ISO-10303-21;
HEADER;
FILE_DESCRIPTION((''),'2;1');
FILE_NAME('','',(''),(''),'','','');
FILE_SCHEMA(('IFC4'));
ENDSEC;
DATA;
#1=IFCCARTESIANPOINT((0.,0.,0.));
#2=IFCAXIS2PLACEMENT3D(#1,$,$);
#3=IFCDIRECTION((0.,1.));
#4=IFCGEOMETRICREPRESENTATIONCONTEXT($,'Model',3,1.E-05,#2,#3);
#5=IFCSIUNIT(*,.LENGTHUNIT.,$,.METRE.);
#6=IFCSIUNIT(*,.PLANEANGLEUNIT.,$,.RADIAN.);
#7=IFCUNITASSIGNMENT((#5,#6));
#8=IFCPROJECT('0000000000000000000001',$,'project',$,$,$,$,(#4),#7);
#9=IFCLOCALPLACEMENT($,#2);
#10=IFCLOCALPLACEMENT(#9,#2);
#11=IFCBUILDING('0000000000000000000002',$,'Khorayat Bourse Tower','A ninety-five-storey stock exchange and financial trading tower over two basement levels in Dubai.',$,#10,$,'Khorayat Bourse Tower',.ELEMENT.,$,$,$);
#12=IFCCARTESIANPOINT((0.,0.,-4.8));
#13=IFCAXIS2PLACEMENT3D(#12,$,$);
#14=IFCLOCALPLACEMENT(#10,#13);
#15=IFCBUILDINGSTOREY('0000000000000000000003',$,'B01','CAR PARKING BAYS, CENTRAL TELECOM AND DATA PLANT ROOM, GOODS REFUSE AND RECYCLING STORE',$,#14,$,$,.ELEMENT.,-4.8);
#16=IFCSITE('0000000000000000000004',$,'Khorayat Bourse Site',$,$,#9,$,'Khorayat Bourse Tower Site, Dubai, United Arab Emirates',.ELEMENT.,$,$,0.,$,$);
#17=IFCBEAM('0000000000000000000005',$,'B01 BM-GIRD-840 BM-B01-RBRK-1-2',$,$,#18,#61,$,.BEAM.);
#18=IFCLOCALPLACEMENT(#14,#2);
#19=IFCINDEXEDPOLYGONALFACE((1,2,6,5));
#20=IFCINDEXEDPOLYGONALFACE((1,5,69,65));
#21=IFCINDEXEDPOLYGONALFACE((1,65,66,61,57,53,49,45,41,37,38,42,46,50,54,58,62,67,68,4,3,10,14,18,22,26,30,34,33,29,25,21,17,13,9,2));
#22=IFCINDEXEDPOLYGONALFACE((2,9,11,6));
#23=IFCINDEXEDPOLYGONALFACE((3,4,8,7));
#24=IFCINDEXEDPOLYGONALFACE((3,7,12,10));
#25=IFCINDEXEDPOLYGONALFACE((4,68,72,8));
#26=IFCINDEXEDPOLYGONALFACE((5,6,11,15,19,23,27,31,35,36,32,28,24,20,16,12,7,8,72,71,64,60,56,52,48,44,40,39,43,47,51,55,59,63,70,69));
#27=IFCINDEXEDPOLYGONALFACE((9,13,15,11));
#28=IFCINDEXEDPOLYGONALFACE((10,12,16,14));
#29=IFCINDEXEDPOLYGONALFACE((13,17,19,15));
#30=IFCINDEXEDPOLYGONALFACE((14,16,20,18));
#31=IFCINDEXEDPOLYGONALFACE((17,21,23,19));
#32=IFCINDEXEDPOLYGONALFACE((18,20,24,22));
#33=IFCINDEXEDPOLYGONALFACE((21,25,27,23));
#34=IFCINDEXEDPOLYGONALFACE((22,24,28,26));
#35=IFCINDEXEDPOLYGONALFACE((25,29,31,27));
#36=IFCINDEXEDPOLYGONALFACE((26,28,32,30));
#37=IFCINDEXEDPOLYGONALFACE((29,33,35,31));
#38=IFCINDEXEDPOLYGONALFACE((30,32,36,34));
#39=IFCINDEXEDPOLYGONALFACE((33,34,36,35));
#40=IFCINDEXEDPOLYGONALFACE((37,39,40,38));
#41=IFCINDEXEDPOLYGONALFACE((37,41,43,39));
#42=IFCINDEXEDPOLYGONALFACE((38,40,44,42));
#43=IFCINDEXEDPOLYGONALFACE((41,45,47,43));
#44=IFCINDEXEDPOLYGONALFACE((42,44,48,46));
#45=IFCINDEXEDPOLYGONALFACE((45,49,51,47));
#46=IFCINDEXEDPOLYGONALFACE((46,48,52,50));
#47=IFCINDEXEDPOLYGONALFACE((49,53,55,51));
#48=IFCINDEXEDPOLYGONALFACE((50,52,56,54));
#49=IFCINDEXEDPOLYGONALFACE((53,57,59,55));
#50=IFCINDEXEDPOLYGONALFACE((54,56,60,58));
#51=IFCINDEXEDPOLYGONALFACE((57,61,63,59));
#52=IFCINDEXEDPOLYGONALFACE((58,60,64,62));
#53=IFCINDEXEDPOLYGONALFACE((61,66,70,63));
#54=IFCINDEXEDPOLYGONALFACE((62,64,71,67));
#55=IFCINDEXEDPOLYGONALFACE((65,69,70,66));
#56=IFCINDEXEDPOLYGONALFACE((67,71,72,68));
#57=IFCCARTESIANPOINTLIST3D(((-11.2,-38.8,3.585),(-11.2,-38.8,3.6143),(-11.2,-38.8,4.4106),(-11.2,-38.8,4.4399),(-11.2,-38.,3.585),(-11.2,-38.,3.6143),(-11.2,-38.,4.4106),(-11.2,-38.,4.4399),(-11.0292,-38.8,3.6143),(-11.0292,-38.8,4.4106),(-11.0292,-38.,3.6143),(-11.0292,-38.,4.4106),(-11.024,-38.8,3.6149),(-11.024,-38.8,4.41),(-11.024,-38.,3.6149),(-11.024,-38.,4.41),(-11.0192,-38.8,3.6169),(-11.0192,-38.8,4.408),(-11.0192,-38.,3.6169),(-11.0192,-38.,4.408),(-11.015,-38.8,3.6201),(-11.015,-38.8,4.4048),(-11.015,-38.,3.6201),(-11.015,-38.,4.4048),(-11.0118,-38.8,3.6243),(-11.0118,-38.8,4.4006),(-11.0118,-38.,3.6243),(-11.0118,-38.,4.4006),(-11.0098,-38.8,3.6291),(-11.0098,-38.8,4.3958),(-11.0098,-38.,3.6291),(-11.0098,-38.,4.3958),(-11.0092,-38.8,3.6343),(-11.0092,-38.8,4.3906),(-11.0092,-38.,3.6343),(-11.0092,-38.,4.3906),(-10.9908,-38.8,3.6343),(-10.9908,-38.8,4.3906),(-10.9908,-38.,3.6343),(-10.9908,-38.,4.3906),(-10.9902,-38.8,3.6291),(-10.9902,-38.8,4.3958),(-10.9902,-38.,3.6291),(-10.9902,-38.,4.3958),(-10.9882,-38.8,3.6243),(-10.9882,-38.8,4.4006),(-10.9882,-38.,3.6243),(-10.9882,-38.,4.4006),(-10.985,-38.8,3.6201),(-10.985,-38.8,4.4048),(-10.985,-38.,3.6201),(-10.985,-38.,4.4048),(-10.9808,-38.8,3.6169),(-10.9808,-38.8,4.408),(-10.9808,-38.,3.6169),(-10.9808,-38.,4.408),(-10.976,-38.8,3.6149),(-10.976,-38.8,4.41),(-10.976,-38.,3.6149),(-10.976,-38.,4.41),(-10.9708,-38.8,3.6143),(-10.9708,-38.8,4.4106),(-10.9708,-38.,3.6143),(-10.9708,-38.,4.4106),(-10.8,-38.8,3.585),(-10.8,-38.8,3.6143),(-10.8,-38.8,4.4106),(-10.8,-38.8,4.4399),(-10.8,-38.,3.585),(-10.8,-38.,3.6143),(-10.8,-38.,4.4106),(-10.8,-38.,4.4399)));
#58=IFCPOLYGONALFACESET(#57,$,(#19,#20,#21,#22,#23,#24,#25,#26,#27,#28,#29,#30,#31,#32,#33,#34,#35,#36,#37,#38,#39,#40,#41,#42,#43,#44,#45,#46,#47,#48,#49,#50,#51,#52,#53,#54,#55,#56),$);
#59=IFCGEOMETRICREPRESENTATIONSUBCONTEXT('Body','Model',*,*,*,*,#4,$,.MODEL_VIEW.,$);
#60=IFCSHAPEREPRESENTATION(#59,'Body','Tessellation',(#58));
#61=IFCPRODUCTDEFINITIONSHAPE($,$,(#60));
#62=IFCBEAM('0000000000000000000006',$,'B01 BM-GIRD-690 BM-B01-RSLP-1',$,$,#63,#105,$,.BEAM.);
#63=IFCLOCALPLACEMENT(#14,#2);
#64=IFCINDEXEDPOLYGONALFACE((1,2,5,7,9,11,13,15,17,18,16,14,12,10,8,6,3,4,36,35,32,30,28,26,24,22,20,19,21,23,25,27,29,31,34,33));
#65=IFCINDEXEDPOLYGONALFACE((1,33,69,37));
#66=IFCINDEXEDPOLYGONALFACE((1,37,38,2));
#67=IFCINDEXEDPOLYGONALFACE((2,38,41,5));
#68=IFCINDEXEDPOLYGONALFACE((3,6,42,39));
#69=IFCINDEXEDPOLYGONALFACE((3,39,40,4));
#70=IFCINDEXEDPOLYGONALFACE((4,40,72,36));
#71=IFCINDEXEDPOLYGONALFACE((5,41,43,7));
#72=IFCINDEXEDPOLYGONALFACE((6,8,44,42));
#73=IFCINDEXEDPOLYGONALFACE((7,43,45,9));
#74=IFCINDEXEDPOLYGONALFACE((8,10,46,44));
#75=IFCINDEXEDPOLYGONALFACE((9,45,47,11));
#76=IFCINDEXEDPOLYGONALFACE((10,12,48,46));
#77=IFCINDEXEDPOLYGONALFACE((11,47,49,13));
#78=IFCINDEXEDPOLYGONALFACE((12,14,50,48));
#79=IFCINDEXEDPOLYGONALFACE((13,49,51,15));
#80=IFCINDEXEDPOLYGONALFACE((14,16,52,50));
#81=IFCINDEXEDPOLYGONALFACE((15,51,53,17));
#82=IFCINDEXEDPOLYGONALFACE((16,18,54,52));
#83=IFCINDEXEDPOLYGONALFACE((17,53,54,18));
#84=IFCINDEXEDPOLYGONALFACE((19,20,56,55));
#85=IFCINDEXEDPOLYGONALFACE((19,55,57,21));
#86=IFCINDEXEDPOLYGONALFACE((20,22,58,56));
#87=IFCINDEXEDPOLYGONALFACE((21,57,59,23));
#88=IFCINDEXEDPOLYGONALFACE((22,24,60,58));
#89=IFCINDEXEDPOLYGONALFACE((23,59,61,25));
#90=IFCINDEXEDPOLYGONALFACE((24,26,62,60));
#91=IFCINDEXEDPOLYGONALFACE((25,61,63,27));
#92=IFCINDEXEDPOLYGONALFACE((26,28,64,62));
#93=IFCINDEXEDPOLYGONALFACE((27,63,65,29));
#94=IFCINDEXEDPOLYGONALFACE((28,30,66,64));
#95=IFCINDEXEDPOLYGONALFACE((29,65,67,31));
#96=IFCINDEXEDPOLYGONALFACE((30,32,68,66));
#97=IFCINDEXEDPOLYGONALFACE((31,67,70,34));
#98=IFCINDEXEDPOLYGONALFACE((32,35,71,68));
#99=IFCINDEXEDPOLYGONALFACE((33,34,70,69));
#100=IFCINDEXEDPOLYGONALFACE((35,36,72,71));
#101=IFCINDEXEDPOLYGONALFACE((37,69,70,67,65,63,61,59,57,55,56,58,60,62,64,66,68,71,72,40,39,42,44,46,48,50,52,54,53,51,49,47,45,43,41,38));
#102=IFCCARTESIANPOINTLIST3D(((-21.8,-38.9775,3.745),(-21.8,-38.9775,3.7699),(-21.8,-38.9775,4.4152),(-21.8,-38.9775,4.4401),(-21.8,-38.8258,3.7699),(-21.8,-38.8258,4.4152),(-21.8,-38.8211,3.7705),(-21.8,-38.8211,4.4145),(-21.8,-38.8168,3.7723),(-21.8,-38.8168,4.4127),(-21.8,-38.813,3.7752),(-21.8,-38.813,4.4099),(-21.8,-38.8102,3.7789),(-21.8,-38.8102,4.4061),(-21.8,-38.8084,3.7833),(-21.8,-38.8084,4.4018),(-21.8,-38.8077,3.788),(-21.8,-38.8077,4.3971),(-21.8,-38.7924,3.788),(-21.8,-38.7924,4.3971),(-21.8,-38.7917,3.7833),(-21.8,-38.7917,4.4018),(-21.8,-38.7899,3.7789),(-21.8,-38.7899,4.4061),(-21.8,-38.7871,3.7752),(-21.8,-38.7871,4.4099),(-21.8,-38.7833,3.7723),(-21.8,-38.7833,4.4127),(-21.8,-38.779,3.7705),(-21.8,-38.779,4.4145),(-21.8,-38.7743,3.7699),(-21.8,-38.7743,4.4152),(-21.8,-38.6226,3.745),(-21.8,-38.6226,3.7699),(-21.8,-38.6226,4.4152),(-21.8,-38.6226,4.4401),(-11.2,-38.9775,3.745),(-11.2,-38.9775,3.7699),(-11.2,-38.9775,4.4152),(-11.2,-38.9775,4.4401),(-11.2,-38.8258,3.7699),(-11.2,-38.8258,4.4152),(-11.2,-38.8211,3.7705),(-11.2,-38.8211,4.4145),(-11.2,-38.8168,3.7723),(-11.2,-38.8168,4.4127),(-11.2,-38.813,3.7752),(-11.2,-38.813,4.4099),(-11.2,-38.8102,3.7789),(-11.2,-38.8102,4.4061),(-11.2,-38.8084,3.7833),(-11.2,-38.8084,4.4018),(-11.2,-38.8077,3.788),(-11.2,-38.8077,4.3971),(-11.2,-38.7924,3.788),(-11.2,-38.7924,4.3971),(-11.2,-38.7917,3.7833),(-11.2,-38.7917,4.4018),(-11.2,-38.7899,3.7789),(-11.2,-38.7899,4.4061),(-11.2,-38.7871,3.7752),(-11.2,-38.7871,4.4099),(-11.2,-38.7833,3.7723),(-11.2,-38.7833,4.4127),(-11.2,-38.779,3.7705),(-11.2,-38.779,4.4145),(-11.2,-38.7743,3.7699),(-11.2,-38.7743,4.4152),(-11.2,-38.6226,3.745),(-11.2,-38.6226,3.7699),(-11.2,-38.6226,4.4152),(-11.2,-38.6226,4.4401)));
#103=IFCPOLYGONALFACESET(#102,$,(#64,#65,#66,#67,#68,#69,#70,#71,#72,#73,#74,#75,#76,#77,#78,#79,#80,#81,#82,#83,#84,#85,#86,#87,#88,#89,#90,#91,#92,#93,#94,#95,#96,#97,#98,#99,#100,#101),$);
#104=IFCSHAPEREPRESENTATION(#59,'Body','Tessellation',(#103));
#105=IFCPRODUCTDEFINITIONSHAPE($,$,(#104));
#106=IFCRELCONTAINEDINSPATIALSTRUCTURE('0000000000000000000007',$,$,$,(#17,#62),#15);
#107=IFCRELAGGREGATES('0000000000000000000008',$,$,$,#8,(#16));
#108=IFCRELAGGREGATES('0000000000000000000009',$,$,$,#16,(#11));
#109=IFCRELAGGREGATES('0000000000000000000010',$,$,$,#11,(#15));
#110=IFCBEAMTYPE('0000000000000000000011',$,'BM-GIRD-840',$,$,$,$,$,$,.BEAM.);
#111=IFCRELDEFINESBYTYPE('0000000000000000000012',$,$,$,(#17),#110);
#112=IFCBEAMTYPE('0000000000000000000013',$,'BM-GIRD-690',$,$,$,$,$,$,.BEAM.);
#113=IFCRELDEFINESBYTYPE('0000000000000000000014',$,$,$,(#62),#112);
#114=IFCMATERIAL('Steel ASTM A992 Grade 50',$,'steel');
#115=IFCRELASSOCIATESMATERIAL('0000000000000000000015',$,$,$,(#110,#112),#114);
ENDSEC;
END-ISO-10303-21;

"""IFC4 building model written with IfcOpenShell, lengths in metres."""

from ifc_helpers import new_model, si_unit, direction, frame, origin, origin_2d, place, context, subcontext, project, spatial, i_section, extrude, source, transform, mapped, material, material_profile, profile_set, type_object, element, save


model = new_model("IFC4")

# Units and contexts
model_context = context("Model", 3, precision=1e-05, world=origin(), true_north=direction((0.0, 1.0)))
body_context = subcontext(model_context, "Body", "Model", "MODEL_VIEW")
ifc_project = project(units=[si_unit("LENGTHUNIT", "METRE"), si_unit("PLANEANGLEUNIT", "RADIAN")], contexts=[model_context])

# Site, building, storey
site_placement = place(None, origin())
site = spatial("IfcSite", under=ifc_project, at=site_placement, Name="Khorayat Bourse Site", LongName="Khorayat Bourse Tower Site, Dubai, United Arab Emirates", CompositionType="ELEMENT", RefElevation=0.0)
building_placement = place(site_placement, origin())
building = spatial("IfcBuilding", under=site, at=building_placement, Name="Khorayat Bourse Tower", Description="A ninety-five-storey stock exchange and financial trading tower over two basement levels in Dubai.", LongName="Khorayat Bourse Tower", CompositionType="ELEMENT")
storey_placement = place(building_placement, frame((0.0, 0.0, -4.8)))
storey = spatial("IfcBuildingStorey", under=building, at=storey_placement, Name="B01", Description="CAR PARKING BAYS, CENTRAL TELECOM AND DATA PLANT ROOM, GOODS REFUSE AND RECYCLING STORE", CompositionType="ELEMENT", Elevation=-4.8)

# Beams
ifc_material_1 = material(Name="Steel ASTM A992 Grade 50", Category="steel")
ifc_material_profile_1 = material_profile(ifc_material_1, i_section(OverallWidth=0.3999, OverallDepth=0.855, WebThickness=0.0183, FlangeThickness=0.0293, FilletRadius=0.02, at=origin_2d()), Name="W840X299")
ifc_profile_set_1 = profile_set([ifc_material_profile_1], Name="Steel ASTM A992 Grade 50")
beam_type_1 = type_object("IfcBeamType", Name="BM-GIRD-840", PredefinedType="BEAM", material=ifc_profile_set_1)
shared_shape_1 = source(origin(), body_context, "Body", "SweptSolid", [
    extrude(i_section(OverallWidth=0.3999, OverallDepth=0.855, WebThickness=0.0183, FlangeThickness=0.0293, FilletRadius=0.02, at=origin_2d()), origin(), (0.0, 0.0, 1.0), 0.8),
])
beam_1_placement = place(storey_placement, frame((-11.0, -38.8, 4.0125), z_axis=(0.0, 1.0, 0.0), x_axis=(-1.0, 0.0, 0.0)))
element("IfcBeam", 1, at=beam_1_placement, inside=storey, type_object=beam_type_1, Name="B01 BM-GIRD-840 BM-B01-RBRK-1-2", PredefinedType="BEAM", context=body_context, shape_type="MappedRepresentation", body=[
    mapped(shared_shape_1, transform((0.0, 0.0, 0.0), scale=1.0)),
])
ifc_material_profile_2 = material_profile(ifc_material_1, i_section(OverallWidth=0.355, OverallDepth=0.6951, WebThickness=0.0154, FlangeThickness=0.0249, FilletRadius=0.0181, at=origin_2d()), Name="W690X217")
ifc_profile_set_2 = profile_set([ifc_material_profile_2], Name="Steel ASTM A992 Grade 50")
beam_type_2 = type_object("IfcBeamType", Name="BM-GIRD-690", PredefinedType="BEAM", material=ifc_profile_set_2)
shared_shape_2 = source(origin(), body_context, "Body", "SweptSolid", [
    extrude(i_section(OverallWidth=0.355, OverallDepth=0.6951, WebThickness=0.0154, FlangeThickness=0.0249, FilletRadius=0.0181, at=origin_2d()), origin(), (0.0, 0.0, 1.0), 10.6001),
])
beam_2_placement = place(storey_placement, frame((-21.8, -38.8, 4.0925), z_axis=(1.0, 0.0, 0.0), x_axis=(0.0, 1.0, 0.0)))
element("IfcBeam", 2, at=beam_2_placement, inside=storey, type_object=beam_type_2, Name="B01 BM-GIRD-690 BM-B01-RSLP-1", PredefinedType="BEAM", context=body_context, shape_type="MappedRepresentation", body=[
    mapped(shared_shape_2, transform((0.0, 0.0, 0.0), scale=1.0)),
])

save(model, "model.ifc")
